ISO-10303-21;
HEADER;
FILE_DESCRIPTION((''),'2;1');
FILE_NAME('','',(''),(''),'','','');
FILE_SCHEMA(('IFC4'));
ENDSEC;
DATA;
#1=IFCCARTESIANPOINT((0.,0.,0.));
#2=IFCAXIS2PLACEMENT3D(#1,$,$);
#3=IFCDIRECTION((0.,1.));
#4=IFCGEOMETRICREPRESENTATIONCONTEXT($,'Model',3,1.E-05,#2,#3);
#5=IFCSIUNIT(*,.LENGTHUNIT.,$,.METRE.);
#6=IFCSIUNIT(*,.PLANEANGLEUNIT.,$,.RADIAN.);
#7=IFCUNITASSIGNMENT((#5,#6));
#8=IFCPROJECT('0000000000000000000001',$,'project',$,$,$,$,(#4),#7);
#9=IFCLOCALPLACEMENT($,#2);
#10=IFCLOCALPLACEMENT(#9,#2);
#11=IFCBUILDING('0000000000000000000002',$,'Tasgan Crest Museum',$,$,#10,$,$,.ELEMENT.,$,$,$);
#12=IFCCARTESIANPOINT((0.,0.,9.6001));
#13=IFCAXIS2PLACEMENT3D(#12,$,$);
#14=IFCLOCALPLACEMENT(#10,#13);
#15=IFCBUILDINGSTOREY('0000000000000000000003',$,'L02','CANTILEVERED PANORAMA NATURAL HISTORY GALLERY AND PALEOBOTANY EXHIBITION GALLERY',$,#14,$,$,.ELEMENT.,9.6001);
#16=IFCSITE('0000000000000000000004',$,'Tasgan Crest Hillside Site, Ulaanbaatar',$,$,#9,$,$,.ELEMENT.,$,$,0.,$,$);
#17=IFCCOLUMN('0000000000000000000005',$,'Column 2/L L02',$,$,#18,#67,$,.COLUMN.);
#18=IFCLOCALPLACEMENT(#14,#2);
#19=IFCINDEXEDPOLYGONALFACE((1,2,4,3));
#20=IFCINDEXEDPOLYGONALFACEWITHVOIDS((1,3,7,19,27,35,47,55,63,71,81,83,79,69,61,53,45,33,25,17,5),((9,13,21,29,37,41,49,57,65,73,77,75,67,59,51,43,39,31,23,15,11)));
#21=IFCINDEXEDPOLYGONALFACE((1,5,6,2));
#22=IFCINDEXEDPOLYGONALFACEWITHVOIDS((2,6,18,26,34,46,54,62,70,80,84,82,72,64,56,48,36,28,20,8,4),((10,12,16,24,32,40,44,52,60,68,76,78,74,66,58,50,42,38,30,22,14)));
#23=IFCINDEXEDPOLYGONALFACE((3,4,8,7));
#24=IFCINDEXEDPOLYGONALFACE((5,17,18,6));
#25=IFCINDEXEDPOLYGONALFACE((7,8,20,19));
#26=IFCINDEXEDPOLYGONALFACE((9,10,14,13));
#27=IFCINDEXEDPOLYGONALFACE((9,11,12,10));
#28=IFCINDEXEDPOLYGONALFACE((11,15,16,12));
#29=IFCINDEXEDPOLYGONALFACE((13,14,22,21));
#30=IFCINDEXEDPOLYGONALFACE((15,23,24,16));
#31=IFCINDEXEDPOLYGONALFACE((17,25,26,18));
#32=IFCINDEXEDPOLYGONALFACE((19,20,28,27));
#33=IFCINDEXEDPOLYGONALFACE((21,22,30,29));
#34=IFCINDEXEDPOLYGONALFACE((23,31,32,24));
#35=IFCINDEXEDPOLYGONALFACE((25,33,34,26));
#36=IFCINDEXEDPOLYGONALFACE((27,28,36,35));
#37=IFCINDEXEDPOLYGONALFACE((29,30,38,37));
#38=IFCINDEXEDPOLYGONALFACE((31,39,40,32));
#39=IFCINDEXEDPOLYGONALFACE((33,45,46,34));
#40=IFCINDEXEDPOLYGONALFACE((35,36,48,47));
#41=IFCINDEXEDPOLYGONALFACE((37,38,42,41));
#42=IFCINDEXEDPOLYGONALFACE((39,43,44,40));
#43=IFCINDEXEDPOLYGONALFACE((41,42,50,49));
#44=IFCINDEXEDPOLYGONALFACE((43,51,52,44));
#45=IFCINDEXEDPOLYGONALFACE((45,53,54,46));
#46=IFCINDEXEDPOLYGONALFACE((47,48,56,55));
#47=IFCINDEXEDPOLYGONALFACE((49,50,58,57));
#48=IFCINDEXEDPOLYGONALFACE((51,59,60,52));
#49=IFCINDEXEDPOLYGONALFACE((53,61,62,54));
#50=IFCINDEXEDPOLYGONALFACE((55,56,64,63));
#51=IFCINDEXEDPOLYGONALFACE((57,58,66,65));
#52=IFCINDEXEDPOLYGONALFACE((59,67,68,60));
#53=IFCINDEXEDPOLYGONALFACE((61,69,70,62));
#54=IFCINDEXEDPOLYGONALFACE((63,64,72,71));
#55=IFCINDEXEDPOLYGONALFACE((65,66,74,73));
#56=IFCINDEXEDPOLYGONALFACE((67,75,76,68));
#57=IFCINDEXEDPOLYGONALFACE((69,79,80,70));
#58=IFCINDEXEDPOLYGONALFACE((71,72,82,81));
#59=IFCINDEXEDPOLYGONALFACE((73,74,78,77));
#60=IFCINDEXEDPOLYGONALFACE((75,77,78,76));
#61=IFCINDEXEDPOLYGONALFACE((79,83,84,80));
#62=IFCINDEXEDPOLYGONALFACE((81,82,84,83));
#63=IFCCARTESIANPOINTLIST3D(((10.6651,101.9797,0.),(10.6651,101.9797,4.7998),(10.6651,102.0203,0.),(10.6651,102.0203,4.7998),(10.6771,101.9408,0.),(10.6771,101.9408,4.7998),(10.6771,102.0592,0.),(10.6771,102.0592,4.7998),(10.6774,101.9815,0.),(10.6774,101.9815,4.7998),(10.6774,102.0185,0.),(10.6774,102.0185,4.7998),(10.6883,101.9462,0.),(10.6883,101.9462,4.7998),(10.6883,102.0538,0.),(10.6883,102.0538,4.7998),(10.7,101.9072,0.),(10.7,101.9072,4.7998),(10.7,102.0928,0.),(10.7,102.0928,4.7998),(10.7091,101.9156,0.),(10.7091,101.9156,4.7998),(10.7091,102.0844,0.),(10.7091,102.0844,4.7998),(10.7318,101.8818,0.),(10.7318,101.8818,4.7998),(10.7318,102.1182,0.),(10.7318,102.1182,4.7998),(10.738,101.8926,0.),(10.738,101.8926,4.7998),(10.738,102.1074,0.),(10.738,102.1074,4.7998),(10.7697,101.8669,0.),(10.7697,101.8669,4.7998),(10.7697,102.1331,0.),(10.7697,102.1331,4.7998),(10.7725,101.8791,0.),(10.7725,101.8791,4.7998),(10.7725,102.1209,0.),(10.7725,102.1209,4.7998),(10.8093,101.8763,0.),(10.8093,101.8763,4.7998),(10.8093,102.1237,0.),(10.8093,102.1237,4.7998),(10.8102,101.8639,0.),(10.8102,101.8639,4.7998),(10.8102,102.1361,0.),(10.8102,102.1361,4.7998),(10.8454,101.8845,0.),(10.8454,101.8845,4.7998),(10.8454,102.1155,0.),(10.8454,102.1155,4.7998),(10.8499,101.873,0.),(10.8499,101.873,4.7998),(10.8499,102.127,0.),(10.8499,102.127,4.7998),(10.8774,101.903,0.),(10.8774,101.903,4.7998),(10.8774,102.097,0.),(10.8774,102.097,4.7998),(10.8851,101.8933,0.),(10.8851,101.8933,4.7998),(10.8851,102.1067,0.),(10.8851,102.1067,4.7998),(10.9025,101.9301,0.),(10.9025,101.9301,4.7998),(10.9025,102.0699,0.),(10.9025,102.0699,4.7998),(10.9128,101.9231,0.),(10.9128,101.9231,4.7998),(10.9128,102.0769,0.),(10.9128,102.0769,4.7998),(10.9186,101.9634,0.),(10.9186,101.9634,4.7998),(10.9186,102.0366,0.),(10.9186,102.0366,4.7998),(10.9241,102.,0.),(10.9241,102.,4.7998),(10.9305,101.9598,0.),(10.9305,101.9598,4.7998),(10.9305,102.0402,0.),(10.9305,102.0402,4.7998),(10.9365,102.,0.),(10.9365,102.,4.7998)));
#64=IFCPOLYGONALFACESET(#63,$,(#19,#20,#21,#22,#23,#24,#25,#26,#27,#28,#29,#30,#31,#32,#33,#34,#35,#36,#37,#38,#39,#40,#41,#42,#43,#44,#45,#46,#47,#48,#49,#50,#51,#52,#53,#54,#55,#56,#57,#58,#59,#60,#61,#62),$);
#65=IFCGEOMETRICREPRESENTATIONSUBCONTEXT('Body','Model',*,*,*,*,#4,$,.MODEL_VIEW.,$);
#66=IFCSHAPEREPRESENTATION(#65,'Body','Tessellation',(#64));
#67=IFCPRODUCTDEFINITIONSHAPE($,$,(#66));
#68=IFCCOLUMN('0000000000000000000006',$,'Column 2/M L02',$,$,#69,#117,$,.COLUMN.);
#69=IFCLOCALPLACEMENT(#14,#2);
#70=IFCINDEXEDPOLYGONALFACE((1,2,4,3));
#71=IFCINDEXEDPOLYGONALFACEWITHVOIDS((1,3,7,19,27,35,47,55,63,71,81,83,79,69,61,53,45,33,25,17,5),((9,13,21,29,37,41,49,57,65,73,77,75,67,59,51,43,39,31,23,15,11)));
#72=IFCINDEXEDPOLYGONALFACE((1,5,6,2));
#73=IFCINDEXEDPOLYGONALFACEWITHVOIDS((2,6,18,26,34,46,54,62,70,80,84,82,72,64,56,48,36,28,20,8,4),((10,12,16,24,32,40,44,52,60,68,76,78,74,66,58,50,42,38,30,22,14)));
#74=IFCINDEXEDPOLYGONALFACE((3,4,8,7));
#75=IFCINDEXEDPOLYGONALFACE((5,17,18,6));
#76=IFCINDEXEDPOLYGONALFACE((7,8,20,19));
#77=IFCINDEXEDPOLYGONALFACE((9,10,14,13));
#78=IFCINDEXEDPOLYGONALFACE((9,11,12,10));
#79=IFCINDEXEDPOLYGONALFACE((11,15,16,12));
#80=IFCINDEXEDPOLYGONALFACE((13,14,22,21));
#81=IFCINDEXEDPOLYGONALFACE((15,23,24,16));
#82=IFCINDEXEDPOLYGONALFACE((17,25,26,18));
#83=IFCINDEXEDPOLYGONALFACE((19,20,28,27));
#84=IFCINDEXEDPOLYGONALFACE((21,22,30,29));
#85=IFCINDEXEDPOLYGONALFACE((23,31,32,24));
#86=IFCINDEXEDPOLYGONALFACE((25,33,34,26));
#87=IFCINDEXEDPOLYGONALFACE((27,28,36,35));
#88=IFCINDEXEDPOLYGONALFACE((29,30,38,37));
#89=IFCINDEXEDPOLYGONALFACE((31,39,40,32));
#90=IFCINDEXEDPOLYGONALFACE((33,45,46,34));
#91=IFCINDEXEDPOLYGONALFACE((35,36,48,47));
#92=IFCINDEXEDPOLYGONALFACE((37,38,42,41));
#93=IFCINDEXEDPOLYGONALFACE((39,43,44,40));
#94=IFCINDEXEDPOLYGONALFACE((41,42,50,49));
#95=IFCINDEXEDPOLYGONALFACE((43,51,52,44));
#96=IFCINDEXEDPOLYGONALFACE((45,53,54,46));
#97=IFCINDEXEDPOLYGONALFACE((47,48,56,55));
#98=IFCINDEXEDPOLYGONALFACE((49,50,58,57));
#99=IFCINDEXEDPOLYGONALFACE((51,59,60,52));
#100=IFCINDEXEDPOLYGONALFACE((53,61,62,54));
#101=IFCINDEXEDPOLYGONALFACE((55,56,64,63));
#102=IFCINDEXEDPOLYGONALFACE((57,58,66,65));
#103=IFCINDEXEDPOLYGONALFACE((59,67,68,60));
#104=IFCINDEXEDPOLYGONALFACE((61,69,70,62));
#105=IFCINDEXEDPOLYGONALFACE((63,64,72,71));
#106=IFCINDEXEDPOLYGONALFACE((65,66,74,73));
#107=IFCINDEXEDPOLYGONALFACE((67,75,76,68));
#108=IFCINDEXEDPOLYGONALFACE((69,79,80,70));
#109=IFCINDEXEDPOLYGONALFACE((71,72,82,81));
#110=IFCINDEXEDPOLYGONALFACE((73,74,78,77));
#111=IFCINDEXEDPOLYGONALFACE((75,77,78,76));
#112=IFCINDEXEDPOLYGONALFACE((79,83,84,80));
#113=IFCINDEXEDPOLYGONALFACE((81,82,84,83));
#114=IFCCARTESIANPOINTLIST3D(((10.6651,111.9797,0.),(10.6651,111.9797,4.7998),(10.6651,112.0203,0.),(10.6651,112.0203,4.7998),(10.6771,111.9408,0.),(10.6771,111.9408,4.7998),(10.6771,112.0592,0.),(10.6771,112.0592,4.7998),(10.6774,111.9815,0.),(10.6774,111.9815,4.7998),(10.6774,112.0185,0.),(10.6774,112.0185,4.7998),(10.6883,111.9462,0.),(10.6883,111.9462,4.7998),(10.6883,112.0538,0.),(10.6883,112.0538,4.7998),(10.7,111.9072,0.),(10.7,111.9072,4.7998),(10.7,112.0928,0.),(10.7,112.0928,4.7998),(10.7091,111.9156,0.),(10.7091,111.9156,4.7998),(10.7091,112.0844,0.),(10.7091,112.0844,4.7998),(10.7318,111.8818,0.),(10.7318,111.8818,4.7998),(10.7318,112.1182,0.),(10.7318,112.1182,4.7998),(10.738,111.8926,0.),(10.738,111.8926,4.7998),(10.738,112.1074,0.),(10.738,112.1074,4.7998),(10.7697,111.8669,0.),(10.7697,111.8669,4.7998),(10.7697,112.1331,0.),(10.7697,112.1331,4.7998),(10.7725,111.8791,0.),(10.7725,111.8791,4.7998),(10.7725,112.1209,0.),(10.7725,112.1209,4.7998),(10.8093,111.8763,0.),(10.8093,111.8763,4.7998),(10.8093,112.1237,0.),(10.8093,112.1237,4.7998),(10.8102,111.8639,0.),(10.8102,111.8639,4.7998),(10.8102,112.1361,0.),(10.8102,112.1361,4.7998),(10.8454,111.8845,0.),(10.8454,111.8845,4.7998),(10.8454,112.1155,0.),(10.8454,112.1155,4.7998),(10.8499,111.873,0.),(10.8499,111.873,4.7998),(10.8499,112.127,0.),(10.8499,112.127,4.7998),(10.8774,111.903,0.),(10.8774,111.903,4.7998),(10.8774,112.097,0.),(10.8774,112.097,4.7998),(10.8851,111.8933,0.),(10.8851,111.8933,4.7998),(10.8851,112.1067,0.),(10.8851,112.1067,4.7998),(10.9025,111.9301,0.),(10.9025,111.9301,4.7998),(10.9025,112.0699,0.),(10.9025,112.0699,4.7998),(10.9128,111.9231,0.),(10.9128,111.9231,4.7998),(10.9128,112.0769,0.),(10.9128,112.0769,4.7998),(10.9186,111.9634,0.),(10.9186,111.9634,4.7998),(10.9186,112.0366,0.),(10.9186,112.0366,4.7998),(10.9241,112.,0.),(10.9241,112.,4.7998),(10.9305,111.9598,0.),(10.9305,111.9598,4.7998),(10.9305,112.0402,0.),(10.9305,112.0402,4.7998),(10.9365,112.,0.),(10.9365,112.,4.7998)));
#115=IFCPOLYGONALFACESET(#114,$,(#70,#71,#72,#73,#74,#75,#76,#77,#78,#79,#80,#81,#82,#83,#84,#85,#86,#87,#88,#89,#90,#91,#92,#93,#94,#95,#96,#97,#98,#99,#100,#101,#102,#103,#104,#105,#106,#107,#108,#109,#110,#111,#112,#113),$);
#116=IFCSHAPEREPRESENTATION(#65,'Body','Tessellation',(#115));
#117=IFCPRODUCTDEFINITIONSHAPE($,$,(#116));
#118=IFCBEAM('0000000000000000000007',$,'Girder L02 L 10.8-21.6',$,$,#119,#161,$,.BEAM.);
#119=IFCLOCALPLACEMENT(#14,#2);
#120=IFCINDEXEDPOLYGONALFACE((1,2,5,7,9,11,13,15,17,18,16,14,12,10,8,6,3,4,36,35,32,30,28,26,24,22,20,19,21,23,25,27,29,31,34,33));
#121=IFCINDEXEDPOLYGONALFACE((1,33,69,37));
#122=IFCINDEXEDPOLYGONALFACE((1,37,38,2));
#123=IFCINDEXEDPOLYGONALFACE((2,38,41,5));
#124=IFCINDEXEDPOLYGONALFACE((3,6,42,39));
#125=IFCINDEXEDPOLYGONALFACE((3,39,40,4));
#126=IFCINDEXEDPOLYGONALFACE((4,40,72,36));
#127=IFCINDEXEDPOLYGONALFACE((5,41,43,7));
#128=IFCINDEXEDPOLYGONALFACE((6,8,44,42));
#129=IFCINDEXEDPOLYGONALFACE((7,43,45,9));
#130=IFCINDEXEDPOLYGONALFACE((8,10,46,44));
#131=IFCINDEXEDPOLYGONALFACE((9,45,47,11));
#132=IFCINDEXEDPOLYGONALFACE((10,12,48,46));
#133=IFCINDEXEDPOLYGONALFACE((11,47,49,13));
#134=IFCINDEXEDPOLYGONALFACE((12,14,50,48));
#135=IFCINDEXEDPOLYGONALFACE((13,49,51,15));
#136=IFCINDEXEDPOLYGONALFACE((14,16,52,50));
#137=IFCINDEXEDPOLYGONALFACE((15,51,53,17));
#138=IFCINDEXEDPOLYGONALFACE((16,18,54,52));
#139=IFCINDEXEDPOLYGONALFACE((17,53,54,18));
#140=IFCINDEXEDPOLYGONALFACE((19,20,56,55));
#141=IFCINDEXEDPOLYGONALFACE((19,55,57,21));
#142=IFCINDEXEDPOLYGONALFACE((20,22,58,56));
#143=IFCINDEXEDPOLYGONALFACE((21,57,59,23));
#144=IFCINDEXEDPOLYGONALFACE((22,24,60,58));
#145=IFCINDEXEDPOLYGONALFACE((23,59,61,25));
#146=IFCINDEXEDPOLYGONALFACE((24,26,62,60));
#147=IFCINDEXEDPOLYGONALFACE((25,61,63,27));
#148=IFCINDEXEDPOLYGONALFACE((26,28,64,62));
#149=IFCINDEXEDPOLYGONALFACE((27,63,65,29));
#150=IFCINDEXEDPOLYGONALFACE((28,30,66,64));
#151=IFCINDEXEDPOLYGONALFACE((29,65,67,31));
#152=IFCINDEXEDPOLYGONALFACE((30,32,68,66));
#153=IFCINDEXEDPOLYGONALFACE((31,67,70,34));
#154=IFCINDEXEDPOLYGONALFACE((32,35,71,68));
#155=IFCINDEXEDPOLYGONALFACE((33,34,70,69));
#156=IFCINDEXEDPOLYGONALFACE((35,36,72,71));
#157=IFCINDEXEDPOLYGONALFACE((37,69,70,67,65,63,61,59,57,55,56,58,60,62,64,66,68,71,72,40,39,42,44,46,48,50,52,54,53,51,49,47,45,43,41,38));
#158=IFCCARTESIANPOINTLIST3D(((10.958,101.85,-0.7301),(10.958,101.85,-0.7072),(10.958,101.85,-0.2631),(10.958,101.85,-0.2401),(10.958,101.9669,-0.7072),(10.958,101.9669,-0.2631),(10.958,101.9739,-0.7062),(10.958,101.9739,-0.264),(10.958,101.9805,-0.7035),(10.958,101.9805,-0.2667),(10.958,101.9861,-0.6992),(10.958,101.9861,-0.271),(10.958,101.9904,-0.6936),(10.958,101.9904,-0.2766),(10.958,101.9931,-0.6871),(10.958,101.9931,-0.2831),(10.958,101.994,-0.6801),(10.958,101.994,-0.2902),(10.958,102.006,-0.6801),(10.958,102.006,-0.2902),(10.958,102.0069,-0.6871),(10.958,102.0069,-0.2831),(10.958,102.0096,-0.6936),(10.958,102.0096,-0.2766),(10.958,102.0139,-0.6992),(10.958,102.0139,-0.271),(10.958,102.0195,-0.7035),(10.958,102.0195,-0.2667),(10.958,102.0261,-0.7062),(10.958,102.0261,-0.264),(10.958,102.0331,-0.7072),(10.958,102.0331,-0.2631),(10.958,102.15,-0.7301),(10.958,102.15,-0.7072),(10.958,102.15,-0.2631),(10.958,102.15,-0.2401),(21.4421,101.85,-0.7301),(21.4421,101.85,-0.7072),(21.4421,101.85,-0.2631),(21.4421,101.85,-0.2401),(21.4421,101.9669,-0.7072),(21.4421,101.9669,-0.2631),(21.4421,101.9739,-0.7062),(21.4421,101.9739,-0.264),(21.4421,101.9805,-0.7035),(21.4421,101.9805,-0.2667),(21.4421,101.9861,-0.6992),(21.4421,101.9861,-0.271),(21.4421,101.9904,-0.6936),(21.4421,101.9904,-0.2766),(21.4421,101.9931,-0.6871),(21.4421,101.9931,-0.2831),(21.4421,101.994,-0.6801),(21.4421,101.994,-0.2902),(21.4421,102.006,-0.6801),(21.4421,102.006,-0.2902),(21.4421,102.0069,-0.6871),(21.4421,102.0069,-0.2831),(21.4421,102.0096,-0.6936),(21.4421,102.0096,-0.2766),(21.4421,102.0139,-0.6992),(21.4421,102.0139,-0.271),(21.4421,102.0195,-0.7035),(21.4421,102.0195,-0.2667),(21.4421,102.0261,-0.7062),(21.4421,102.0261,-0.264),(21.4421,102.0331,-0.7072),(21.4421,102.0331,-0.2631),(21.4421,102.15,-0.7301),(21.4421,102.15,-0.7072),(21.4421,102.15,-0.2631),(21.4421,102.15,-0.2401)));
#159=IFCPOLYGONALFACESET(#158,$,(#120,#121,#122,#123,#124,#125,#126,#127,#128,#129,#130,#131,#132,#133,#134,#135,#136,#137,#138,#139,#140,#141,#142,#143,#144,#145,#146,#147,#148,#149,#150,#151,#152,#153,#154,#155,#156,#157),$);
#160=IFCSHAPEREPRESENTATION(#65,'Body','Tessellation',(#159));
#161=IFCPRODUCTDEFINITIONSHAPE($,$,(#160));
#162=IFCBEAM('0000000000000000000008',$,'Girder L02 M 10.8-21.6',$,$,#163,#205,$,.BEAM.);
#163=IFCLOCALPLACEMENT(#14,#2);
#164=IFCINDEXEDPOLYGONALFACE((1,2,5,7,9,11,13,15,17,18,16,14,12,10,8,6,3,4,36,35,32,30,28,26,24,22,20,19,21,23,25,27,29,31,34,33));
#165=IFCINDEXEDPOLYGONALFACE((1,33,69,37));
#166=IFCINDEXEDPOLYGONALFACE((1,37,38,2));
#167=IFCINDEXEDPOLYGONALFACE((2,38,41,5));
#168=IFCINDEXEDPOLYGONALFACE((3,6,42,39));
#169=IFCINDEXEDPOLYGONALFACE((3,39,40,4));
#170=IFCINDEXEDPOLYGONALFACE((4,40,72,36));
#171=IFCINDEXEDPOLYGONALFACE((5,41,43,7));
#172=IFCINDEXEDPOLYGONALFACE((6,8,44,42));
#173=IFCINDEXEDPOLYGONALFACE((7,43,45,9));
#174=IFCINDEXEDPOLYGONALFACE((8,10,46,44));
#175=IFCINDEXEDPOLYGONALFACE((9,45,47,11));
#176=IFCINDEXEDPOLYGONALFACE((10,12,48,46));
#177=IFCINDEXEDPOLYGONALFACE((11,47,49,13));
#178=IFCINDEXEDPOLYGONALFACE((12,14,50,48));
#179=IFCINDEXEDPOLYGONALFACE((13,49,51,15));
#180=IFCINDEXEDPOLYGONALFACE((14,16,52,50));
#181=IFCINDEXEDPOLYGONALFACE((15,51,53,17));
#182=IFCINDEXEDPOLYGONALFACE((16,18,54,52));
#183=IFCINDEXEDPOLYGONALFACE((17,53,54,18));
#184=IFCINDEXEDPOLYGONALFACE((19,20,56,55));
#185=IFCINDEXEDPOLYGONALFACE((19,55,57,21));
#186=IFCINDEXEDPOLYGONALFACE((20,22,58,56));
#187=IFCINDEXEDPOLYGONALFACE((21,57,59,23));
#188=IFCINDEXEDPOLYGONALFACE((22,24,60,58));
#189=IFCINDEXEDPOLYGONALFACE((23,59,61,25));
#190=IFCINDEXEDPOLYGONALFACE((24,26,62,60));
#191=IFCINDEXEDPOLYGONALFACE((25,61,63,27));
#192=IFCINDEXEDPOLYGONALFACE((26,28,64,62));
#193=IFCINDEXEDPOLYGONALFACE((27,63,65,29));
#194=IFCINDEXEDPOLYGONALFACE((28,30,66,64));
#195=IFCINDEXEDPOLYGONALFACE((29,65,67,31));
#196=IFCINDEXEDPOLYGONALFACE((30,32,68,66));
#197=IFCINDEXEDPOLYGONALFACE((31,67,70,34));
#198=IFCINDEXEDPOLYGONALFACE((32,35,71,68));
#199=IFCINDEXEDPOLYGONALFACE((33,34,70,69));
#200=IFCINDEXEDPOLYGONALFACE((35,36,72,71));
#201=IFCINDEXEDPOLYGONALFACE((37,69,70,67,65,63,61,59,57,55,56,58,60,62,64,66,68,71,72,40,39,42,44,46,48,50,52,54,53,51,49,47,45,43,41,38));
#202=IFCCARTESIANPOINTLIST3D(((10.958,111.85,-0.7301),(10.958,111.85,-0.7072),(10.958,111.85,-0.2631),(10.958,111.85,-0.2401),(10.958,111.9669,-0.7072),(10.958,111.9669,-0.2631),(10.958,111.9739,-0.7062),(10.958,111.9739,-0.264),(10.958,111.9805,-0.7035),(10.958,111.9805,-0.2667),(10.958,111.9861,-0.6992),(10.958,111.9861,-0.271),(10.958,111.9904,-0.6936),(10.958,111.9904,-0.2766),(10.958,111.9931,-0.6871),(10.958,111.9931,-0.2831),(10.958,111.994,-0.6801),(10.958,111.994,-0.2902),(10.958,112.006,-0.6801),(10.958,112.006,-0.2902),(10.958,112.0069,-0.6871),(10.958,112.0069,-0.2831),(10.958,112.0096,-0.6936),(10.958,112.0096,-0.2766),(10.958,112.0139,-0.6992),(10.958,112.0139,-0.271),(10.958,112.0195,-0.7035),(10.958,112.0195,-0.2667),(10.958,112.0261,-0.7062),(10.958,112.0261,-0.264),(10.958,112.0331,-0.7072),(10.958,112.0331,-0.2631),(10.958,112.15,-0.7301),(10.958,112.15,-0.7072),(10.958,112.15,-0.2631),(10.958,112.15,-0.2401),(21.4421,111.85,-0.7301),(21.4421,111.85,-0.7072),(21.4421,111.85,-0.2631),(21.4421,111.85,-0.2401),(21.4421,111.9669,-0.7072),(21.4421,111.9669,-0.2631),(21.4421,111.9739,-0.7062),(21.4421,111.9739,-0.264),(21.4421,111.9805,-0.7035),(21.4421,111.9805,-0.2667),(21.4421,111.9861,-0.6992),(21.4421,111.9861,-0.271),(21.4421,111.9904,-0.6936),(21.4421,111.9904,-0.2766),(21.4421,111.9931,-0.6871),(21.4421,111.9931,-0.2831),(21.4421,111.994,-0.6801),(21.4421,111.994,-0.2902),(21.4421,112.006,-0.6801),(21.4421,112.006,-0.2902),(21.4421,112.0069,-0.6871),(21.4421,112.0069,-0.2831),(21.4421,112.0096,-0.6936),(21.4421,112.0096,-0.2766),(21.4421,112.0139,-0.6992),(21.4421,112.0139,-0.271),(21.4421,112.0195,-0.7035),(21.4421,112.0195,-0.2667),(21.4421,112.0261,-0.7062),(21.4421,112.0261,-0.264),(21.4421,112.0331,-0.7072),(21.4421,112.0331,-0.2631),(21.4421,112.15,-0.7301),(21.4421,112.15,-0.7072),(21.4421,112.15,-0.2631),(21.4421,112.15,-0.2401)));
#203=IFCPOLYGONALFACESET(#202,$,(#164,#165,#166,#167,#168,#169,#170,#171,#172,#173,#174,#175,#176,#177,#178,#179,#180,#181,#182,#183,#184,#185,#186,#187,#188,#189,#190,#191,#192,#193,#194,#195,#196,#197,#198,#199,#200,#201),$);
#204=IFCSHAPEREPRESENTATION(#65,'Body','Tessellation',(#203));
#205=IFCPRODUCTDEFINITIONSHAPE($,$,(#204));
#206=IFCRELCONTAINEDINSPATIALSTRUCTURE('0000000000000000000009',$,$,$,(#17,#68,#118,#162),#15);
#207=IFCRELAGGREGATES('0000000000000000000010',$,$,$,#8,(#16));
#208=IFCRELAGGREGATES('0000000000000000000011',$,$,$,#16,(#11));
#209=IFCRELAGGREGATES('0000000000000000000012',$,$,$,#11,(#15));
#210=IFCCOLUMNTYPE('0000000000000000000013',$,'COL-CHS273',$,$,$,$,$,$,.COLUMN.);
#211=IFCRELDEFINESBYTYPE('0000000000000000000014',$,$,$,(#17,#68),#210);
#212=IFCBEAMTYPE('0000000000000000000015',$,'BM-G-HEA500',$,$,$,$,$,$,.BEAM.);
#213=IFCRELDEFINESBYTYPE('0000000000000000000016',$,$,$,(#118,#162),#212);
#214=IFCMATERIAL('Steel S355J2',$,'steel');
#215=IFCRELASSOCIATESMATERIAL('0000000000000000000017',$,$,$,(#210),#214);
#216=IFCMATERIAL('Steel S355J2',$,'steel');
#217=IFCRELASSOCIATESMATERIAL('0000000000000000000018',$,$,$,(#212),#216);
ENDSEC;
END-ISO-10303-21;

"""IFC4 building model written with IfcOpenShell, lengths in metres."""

from ifc_helpers import new_model, si_unit, direction, frame, origin, origin_2d, place, context, subcontext, project, spatial, hollow_circle, i_section, extrude, material, material_profile, profile_set, type_object, element, save


model = new_model("IFC4")

# Units and contexts
model_context = context("Model", 3, precision=1e-05, world=origin(), true_north=direction((0.0, 1.0)))
body_context = subcontext(model_context, "Body", "Model", "MODEL_VIEW")
ifc_project = project(units=[si_unit("LENGTHUNIT", "METRE"), si_unit("PLANEANGLEUNIT", "RADIAN")], contexts=[model_context])

# Site, building, storey
site_placement = place(None, origin())
site = spatial("IfcSite", under=ifc_project, at=site_placement, Name="Tasgan Crest Hillside Site, Ulaanbaatar", CompositionType="ELEMENT", RefElevation=0.0)
building_placement = place(site_placement, origin())
building = spatial("IfcBuilding", under=site, at=building_placement, Name="Tasgan Crest Museum", CompositionType="ELEMENT")
storey_placement = place(building_placement, frame((0.0, 0.0, 9.6001)))
storey = spatial("IfcBuildingStorey", under=building, at=storey_placement, Name="L02", Description="CANTILEVERED PANORAMA NATURAL HISTORY GALLERY AND PALEOBOTANY EXHIBITION GALLERY", CompositionType="ELEMENT", Elevation=9.6001)

# Columns
ifc_material_1 = material(Name="Steel S355J2", Category="steel")
ifc_material_profile_1 = material_profile(ifc_material_1, hollow_circle(Radius=0.1365, WallThickness=0.0125, at=origin_2d()), Name="CHS 273x12.5")
ifc_profile_set_1 = profile_set([ifc_material_profile_1], Name="Steel S355J2")
column_type = type_object("IfcColumnType", Name="COL-CHS273", PredefinedType="COLUMN", material=ifc_profile_set_1)
for number, where, z_axis, x_axis, name in (
    (1, (10.8, 102.0, 0.0), (0.0, 0.0, 1.0), (1.0, 0.0, 0.0), "Column 2/L L02"),
    (2, (10.8, 112.0, 0.0), (0.0, 0.0, 1.0), (1.0, 0.0, 0.0), "Column 2/M L02"),
):
    element("IfcColumn", number, at=place(storey_placement, frame(where, z_axis=z_axis, x_axis=x_axis)), inside=storey, type_object=column_type, Name=name, PredefinedType="COLUMN", context=body_context, shape_type="SweptSolid", body=[
        extrude(hollow_circle(Radius=0.1365, WallThickness=0.0125, at=origin_2d()), origin(), (0.0, 0.0, 1.0), 4.7998),
    ])

# Beams
ifc_material_2 = material(Name="Steel S355J2", Category="steel")
ifc_material_profile_2 = material_profile(ifc_material_2, i_section(OverallWidth=0.3, OverallDepth=0.49, WebThickness=0.012, FlangeThickness=0.0229, FilletRadius=0.0271, at=origin_2d()), Name="HEA 500")
ifc_profile_set_2 = profile_set([ifc_material_profile_2], Name="Steel S355J2")
beam_type_1 = type_object("IfcBeamType", Name="BM-G-HEA500", PredefinedType="BEAM", material=ifc_profile_set_2)
for number, where, z_axis, x_axis, name in (
    (3, (10.958, 102.0, -0.4851), (1.0, 0.0, 0.0), (0.0, 1.0, 0.0), "Girder L02 L 10.8-21.6"),
    (4, (10.958, 112.0, -0.4851), (1.0, 0.0, 0.0), (0.0, 1.0, 0.0), "Girder L02 M 10.8-21.6"),
):
    element("IfcBeam", number, at=place(storey_placement, frame(where, z_axis=z_axis, x_axis=x_axis)), inside=storey, type_object=beam_type_1, Name=name, PredefinedType="BEAM", context=body_context, shape_type="SweptSolid", body=[
        extrude(i_section(OverallWidth=0.3, OverallDepth=0.49, WebThickness=0.012, FlangeThickness=0.0229, FilletRadius=0.0271, at=origin_2d()), origin(), (0.0, 0.0, 1.0), 10.4841),
    ])

save(model, "model.ifc")
